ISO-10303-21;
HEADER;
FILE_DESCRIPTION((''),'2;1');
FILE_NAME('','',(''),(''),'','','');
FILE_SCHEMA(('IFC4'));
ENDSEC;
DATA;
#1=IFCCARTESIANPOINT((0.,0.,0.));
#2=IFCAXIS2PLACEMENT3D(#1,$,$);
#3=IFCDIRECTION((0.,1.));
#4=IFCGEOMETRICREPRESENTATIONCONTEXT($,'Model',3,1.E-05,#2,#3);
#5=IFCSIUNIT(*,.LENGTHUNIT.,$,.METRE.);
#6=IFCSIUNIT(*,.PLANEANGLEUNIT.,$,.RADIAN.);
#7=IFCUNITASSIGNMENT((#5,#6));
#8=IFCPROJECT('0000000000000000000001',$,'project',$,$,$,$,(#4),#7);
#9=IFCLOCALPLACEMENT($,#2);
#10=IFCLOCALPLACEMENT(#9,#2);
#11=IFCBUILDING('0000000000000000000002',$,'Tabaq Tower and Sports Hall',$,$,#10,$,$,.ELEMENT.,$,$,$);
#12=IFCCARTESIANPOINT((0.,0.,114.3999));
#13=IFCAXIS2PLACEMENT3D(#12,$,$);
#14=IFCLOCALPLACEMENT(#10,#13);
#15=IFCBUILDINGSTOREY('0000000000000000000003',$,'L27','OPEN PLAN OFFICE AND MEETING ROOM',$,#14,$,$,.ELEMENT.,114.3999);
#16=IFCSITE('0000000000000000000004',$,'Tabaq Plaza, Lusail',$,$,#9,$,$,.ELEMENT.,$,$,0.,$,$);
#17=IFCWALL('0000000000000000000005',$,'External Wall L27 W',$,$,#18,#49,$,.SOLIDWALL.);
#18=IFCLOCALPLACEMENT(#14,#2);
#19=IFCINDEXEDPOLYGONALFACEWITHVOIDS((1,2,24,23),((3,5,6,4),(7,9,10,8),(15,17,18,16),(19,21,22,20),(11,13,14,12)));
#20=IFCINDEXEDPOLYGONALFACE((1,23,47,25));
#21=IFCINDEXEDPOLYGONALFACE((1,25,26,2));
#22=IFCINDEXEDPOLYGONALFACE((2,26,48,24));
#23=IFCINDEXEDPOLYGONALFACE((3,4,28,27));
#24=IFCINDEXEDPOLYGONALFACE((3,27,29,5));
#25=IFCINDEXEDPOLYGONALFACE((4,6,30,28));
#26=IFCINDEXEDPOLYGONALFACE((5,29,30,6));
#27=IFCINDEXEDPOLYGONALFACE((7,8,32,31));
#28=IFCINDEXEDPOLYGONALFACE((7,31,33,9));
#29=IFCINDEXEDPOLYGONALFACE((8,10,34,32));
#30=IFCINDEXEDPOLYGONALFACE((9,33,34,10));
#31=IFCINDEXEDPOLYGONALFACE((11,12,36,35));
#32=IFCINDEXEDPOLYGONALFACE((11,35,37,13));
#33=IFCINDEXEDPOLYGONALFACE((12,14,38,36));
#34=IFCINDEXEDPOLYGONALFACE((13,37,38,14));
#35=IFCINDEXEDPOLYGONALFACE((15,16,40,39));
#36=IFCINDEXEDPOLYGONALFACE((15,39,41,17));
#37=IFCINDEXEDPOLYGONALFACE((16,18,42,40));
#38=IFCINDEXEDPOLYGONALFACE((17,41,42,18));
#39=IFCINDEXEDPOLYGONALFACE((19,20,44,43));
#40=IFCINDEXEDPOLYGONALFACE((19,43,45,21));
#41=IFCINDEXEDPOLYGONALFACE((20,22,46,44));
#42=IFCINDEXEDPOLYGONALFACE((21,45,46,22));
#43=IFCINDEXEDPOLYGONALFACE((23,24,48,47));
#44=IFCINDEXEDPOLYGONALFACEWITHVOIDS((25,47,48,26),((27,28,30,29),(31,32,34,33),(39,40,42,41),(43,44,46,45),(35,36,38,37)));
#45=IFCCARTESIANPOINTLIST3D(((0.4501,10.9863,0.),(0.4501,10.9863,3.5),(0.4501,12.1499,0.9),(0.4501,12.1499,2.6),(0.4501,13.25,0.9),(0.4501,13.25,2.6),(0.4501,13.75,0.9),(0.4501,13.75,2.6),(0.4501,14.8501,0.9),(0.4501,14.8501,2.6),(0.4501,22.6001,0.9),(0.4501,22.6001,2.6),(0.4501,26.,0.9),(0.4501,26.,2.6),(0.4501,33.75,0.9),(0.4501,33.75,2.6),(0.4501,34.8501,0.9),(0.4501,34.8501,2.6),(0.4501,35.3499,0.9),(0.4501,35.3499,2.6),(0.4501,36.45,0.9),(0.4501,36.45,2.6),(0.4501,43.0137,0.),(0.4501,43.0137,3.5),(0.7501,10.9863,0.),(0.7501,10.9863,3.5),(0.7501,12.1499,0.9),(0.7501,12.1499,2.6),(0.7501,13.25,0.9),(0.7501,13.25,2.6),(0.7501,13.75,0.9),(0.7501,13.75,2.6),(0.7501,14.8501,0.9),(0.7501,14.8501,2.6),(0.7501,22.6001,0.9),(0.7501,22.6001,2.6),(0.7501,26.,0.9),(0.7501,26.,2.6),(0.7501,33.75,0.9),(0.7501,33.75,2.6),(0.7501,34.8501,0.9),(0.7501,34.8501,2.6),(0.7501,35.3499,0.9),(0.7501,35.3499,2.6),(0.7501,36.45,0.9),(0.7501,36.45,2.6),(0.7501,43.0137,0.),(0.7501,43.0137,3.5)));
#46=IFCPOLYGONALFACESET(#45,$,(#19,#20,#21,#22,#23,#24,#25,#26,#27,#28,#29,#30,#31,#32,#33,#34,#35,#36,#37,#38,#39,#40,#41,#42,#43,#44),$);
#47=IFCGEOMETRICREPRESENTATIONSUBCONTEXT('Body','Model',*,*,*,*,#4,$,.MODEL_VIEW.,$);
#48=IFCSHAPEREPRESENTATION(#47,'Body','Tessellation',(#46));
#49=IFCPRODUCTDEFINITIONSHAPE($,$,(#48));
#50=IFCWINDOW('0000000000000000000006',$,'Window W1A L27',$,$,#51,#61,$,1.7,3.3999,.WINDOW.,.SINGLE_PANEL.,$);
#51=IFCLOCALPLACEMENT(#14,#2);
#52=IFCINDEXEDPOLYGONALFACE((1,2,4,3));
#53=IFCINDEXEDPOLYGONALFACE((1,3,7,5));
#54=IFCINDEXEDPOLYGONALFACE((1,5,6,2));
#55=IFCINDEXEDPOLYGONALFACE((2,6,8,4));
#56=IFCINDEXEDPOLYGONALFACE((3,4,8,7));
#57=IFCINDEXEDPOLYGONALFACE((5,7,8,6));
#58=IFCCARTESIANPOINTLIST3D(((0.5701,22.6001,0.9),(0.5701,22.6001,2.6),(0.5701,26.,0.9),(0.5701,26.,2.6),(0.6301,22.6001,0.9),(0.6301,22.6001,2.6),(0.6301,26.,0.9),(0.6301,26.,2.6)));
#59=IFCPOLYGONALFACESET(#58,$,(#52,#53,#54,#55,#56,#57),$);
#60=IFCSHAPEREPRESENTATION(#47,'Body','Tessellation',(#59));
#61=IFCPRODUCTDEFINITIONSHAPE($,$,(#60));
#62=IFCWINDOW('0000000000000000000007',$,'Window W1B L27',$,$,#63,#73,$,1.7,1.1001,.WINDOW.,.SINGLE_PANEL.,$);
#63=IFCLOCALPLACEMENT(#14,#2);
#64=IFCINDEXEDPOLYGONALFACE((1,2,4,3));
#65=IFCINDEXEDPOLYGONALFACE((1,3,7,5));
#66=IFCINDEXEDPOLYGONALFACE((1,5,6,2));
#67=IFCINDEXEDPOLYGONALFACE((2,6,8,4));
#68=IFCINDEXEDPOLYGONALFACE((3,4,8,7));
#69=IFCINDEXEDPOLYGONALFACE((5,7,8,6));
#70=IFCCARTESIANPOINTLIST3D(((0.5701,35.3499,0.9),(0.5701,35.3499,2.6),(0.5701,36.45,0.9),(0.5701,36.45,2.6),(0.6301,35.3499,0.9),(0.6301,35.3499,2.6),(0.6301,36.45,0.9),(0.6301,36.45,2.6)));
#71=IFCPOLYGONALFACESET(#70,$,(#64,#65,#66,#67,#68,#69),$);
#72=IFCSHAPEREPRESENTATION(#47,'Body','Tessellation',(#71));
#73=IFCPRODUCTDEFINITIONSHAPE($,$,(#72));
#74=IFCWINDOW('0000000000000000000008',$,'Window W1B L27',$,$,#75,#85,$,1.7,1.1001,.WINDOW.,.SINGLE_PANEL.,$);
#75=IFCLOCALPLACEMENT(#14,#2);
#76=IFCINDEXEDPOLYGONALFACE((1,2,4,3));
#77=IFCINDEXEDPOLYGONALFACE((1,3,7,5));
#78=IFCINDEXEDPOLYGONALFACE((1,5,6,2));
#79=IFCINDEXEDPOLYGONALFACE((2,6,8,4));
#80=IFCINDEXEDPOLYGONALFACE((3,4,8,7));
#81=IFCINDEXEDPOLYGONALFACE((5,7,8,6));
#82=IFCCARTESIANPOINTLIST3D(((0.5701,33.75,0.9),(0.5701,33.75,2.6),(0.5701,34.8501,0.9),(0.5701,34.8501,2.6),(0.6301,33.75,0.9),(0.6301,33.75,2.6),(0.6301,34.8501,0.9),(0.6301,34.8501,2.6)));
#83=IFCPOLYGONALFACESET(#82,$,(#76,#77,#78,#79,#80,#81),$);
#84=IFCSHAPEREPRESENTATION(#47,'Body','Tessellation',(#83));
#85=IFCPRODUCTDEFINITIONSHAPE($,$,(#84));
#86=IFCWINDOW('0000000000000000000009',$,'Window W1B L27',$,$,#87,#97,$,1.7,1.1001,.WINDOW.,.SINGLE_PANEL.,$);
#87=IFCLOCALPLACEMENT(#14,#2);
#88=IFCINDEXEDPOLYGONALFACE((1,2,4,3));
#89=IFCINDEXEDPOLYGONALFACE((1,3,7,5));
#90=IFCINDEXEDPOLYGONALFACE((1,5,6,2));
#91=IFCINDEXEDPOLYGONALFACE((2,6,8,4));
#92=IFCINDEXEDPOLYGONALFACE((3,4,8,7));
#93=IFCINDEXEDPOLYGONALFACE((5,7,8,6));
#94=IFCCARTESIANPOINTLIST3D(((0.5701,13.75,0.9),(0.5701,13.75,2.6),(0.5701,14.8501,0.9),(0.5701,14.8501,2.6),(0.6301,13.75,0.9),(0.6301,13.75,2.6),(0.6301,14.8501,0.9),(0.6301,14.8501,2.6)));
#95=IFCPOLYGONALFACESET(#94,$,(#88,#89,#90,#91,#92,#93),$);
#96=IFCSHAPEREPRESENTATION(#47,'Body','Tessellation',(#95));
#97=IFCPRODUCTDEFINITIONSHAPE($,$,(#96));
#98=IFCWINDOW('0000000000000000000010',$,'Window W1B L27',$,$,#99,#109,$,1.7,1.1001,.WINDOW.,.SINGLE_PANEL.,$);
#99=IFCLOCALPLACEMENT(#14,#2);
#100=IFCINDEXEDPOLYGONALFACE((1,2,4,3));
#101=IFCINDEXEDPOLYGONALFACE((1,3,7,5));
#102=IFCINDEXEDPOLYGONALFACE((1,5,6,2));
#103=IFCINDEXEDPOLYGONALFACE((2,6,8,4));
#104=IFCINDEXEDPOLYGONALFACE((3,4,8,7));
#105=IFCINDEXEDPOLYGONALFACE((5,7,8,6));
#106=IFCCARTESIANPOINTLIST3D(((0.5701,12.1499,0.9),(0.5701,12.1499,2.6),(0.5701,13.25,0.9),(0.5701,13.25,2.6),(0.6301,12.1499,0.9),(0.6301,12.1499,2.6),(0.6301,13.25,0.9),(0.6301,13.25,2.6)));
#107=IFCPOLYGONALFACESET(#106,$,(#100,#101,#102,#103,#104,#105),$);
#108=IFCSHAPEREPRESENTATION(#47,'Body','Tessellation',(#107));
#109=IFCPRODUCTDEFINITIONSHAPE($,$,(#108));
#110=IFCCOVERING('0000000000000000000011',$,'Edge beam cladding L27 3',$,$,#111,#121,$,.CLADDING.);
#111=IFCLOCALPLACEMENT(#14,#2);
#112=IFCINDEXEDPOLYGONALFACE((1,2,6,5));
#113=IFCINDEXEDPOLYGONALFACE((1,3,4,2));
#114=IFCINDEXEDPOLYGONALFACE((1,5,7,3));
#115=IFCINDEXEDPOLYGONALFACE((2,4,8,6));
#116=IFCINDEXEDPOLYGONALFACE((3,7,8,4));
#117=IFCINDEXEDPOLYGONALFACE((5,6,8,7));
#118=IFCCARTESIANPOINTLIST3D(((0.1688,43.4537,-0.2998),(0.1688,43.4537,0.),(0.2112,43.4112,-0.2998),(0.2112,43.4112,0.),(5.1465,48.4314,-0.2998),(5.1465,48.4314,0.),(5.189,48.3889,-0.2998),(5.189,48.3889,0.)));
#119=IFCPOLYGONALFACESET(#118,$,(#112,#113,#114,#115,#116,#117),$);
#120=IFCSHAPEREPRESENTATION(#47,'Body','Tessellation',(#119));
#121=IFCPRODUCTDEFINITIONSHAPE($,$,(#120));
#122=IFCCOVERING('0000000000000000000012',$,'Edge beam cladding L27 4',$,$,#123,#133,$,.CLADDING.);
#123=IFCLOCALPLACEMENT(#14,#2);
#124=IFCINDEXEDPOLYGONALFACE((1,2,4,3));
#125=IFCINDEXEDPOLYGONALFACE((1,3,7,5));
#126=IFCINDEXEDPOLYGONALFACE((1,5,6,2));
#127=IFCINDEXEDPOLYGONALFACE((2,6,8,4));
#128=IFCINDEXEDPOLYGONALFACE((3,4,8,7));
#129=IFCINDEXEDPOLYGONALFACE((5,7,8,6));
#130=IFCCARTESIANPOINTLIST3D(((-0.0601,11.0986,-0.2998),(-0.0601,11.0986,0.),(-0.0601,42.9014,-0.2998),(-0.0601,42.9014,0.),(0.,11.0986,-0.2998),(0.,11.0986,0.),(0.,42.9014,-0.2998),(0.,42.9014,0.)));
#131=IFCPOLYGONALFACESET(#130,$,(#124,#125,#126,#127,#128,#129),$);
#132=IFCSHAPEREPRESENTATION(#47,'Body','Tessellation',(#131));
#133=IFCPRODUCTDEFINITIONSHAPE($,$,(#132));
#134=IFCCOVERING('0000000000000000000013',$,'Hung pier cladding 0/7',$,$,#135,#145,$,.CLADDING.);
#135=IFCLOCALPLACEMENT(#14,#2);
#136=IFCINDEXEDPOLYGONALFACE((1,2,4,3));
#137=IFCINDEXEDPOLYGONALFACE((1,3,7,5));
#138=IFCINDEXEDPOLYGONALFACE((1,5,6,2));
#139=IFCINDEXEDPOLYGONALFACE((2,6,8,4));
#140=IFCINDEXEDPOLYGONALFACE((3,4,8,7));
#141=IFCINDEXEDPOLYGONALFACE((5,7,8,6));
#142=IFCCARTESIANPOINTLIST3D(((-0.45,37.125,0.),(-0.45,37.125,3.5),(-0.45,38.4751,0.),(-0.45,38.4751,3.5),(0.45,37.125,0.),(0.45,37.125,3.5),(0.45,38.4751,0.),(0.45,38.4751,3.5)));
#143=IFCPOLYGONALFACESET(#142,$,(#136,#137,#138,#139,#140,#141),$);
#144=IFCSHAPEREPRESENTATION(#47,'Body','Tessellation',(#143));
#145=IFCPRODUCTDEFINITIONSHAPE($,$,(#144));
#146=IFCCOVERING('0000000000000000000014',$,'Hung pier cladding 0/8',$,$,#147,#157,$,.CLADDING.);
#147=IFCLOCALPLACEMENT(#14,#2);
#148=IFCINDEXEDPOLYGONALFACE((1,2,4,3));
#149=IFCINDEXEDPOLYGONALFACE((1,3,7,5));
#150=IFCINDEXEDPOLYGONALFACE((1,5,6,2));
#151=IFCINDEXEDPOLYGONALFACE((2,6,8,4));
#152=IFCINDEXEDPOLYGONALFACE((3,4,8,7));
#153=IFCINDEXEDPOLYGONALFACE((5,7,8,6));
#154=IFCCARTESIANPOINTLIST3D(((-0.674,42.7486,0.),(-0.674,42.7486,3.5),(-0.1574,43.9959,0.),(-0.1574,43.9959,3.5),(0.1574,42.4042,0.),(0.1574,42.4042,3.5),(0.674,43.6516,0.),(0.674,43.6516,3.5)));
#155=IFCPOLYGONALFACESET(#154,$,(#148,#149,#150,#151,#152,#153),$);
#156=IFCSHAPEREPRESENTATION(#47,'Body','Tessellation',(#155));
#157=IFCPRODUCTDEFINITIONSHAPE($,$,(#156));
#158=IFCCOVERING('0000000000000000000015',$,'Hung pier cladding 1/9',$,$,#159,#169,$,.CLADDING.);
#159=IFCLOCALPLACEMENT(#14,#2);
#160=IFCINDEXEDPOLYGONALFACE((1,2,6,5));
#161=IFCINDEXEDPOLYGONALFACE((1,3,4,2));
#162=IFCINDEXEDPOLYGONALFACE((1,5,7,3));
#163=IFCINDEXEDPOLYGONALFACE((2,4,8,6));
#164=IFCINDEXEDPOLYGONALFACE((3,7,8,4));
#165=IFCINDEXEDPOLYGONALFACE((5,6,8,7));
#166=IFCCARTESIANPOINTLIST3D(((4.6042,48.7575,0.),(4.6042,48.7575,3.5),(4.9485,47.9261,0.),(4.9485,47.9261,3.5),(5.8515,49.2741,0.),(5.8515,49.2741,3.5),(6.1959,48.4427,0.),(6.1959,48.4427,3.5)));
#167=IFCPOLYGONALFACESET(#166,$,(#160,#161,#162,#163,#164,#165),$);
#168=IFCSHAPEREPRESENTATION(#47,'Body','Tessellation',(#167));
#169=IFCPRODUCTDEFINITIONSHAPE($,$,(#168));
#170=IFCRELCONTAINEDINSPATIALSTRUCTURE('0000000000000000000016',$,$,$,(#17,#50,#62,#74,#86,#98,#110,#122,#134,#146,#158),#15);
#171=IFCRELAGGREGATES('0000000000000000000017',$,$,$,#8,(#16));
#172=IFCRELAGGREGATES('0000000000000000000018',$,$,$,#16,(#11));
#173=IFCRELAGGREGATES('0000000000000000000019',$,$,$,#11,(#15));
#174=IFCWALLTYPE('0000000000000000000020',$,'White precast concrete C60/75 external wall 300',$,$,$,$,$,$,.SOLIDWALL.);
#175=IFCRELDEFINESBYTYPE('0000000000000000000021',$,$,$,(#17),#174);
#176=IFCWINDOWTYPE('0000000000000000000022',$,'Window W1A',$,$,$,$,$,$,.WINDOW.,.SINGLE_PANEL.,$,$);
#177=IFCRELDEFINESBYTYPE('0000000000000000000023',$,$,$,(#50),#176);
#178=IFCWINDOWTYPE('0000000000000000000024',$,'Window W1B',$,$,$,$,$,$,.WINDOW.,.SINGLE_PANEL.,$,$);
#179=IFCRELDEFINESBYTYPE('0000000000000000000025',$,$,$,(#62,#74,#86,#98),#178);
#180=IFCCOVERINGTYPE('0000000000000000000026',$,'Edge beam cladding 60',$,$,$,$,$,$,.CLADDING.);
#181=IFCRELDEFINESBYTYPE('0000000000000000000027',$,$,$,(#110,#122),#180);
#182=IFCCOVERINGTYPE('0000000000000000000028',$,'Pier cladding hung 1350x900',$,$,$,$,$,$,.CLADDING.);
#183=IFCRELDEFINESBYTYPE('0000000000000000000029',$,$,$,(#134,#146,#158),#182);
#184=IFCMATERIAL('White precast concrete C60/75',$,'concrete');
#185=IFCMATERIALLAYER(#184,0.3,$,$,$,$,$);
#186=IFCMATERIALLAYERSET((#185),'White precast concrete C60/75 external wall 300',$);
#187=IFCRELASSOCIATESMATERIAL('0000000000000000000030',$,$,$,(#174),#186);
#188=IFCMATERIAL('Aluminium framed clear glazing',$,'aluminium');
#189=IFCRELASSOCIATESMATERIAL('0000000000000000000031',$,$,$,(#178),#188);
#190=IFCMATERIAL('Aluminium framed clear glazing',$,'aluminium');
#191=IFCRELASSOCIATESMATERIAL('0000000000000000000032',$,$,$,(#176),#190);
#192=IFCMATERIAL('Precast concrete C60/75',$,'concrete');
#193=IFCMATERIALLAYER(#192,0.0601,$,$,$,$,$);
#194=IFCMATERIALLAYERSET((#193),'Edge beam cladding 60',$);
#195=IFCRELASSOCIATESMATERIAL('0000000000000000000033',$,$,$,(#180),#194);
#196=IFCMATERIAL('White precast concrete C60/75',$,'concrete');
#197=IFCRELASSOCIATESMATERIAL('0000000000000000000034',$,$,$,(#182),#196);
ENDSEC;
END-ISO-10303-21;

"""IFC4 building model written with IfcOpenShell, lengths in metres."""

from ifc_helpers import new_model, si_unit, direction, frame, frame_2d, origin, place, context, subcontext, project, spatial, rectangle, extrude, material, layer, layer_set, type_object, element, fill, save


model = new_model("IFC4")

# Units and contexts
model_context = context("Model", 3, precision=1e-05, world=origin(), true_north=direction((0.0, 1.0)))
body_context = subcontext(model_context, "Body", "Model", "MODEL_VIEW")
ifc_project = project(units=[si_unit("LENGTHUNIT", "METRE"), si_unit("PLANEANGLEUNIT", "RADIAN")], contexts=[model_context])

# Site, building, storey
site_placement = place(None, origin())
site = spatial("IfcSite", under=ifc_project, at=site_placement, Name="Tabaq Plaza, Lusail", CompositionType="ELEMENT", RefElevation=0.0)
building_placement = place(site_placement, origin())
building = spatial("IfcBuilding", under=site, at=building_placement, Name="Tabaq Tower and Sports Hall", CompositionType="ELEMENT")
storey_placement = place(building_placement, frame((0.0, 0.0, 114.3999)))
storey = spatial("IfcBuildingStorey", under=building, at=storey_placement, Name="L27", Description="OPEN PLAN OFFICE AND MEETING ROOM", CompositionType="ELEMENT", Elevation=114.3999)

# Wall, openings, windows
ifc_material_1 = material(Name="White precast concrete C60/75", Category="concrete")
ifc_layer_1 = layer(ifc_material_1, 0.3)
ifc_layer_set_1 = layer_set([ifc_layer_1], Name="White precast concrete C60/75 external wall 300")
wall_type_1 = type_object("IfcWallType", Name="White precast concrete C60/75 external wall 300", PredefinedType="SOLIDWALL", material=ifc_layer_set_1)
ifc_material_2 = material(Name="Aluminium framed clear glazing", Category="aluminium")
window_type_1 = type_object("IfcWindowType", Name="Window W1B", PartitioningType="SINGLE_PANEL", PredefinedType="WINDOW", material=ifc_material_2)
wall_1_placement = place(storey_placement, frame((0.6001, 43.0137, 0.0), z_axis=(0.0, 0.0, 1.0), x_axis=(0.0, -1.0, 0.0)))
wall_1 = element("IfcWall", 1, at=wall_1_placement, inside=storey, type_object=wall_type_1, Name="External Wall L27 W", PredefinedType="SOLIDWALL", context=body_context, shape_type="SweptSolid", body=[
    extrude(rectangle(XDim=32.0273, YDim=0.3, at=frame_2d((16.0137, 0.0))), origin(), (0.0, 0.0, 1.0), 3.5),
])
opening_1_placement = place(wall_1_placement, frame((6.5637, 0.0, 0.8999)))
opening_1 = element("IfcOpeningElement", 2, at=opening_1_placement, cuts=wall_1, PredefinedType="OPENING", context=body_context, shape_type="SweptSolid", body=[
    extrude(rectangle(XDim=1.1001, YDim=1.7, at=frame_2d((0.55, 0.8501))), frame((0.0, 0.1602, 0.0), z_axis=(0.0, -1.0, 0.0), x_axis=(1.0, 0.0, 0.0)), (0.0, 0.0, 1.0), 0.3201),
])
opening_2_placement = place(wall_1_placement, frame((8.1636, 0.0, 0.8999)))
opening_2 = element("IfcOpeningElement", 3, at=opening_2_placement, cuts=wall_1, PredefinedType="OPENING", context=body_context, shape_type="SweptSolid", body=[
    extrude(rectangle(XDim=1.1001, YDim=1.7, at=frame_2d((0.55, 0.8501))), frame((0.0, 0.1602, 0.0), z_axis=(0.0, -1.0, 0.0), x_axis=(1.0, 0.0, 0.0)), (0.0, 0.0, 1.0), 0.3201),
])
opening_3_placement = place(wall_1_placement, frame((17.0137, 0.0, 0.8999)))
opening_3 = element("IfcOpeningElement", 4, at=opening_3_placement, cuts=wall_1, PredefinedType="OPENING", context=body_context, shape_type="SweptSolid", body=[
    extrude(rectangle(XDim=3.3999, YDim=1.7, at=frame_2d((1.7, 0.8501))), frame((0.0, 0.1602, 0.0), z_axis=(0.0, -1.0, 0.0), x_axis=(1.0, 0.0, 0.0)), (0.0, 0.0, 1.0), 0.3201),
])
opening_4_placement = place(wall_1_placement, frame((28.1636, 0.0, 0.8999)))
opening_4 = element("IfcOpeningElement", 5, at=opening_4_placement, cuts=wall_1, PredefinedType="OPENING", context=body_context, shape_type="SweptSolid", body=[
    extrude(rectangle(XDim=1.1001, YDim=1.7, at=frame_2d((0.55, 0.8501))), frame((0.0, 0.1602, 0.0), z_axis=(0.0, -1.0, 0.0), x_axis=(1.0, 0.0, 0.0)), (0.0, 0.0, 1.0), 0.3201),
])
opening_5_placement = place(wall_1_placement, frame((29.7637, 0.0, 0.8999)))
opening_5 = element("IfcOpeningElement", 6, at=opening_5_placement, cuts=wall_1, PredefinedType="OPENING", context=body_context, shape_type="SweptSolid", body=[
    extrude(rectangle(XDim=1.1001, YDim=1.7, at=frame_2d((0.55, 0.8501))), frame((0.0, 0.1602, 0.0), z_axis=(0.0, -1.0, 0.0), x_axis=(1.0, 0.0, 0.0)), (0.0, 0.0, 1.0), 0.3201),
])
ifc_material_3 = material(Name="Aluminium framed clear glazing", Category="aluminium")
window_type_2 = type_object("IfcWindowType", Name="Window W1A", PartitioningType="SINGLE_PANEL", PredefinedType="WINDOW", material=ifc_material_3)
window_1_placement = place(opening_3_placement, origin())
window_1 = element("IfcWindow", 7, at=window_1_placement, inside=storey, type_object=window_type_2, Name="Window W1A L27", OverallHeight=1.7, OverallWidth=3.3999, PartitioningType="SINGLE_PANEL", PredefinedType="WINDOW", context=body_context, shape_type="SweptSolid", body=[
    extrude(rectangle(XDim=3.3999, YDim=1.7, at=frame_2d((1.7, 0.8501))), frame((0.0, 0.03, 0.0), z_axis=(0.0, -1.0, 0.0), x_axis=(1.0, 0.0, 0.0)), (0.0, 0.0, 1.0), 0.0601),
])
fill(opening_3, window_1)
window_2_placement = place(opening_1_placement, origin())
window_2 = element("IfcWindow", 8, at=window_2_placement, inside=storey, type_object=window_type_1, Name="Window W1B L27", OverallHeight=1.7, OverallWidth=1.1001, PartitioningType="SINGLE_PANEL", PredefinedType="WINDOW", context=body_context, shape_type="SweptSolid", body=[
    extrude(rectangle(XDim=1.1001, YDim=1.7, at=frame_2d((0.55, 0.8501))), frame((0.0, 0.03, 0.0), z_axis=(0.0, -1.0, 0.0), x_axis=(1.0, 0.0, 0.0)), (0.0, 0.0, 1.0), 0.0601),
])
fill(opening_1, window_2)
window_3_placement = place(opening_2_placement, origin())
window_3 = element("IfcWindow", 9, at=window_3_placement, inside=storey, type_object=window_type_1, Name="Window W1B L27", OverallHeight=1.7, OverallWidth=1.1001, PartitioningType="SINGLE_PANEL", PredefinedType="WINDOW", context=body_context, shape_type="SweptSolid", body=[
    extrude(rectangle(XDim=1.1001, YDim=1.7, at=frame_2d((0.55, 0.8501))), frame((0.0, 0.03, 0.0), z_axis=(0.0, -1.0, 0.0), x_axis=(1.0, 0.0, 0.0)), (0.0, 0.0, 1.0), 0.0601),
])
fill(opening_2, window_3)
window_4_placement = place(opening_4_placement, origin())
window_4 = element("IfcWindow", 10, at=window_4_placement, inside=storey, type_object=window_type_1, Name="Window W1B L27", OverallHeight=1.7, OverallWidth=1.1001, PartitioningType="SINGLE_PANEL", PredefinedType="WINDOW", context=body_context, shape_type="SweptSolid", body=[
    extrude(rectangle(XDim=1.1001, YDim=1.7, at=frame_2d((0.55, 0.8501))), frame((0.0, 0.03, 0.0), z_axis=(0.0, -1.0, 0.0), x_axis=(1.0, 0.0, 0.0)), (0.0, 0.0, 1.0), 0.0601),
])
fill(opening_4, window_4)
window_5_placement = place(opening_5_placement, origin())
window_5 = element("IfcWindow", 11, at=window_5_placement, inside=storey, type_object=window_type_1, Name="Window W1B L27", OverallHeight=1.7, OverallWidth=1.1001, PartitioningType="SINGLE_PANEL", PredefinedType="WINDOW", context=body_context, shape_type="SweptSolid", body=[
    extrude(rectangle(XDim=1.1001, YDim=1.7, at=frame_2d((0.55, 0.8501))), frame((0.0, 0.03, 0.0), z_axis=(0.0, -1.0, 0.0), x_axis=(1.0, 0.0, 0.0)), (0.0, 0.0, 1.0), 0.0601),
])
fill(opening_5, window_5)

# Coverings
ifc_material_4 = material(Name="Precast concrete C60/75", Category="concrete")
ifc_layer_2 = layer(ifc_material_4, 0.0601)
ifc_layer_set_2 = layer_set([ifc_layer_2], Name="Edge beam cladding 60")
covering_type_1 = type_object("IfcCoveringType", Name="Edge beam cladding 60", PredefinedType="CLADDING", material=ifc_layer_set_2)
covering_1_placement = place(storey_placement, frame((5.1677, 48.4102, -0.2998), z_axis=(0.0, 0.0, 1.0), x_axis=(-0.707107, -0.707107, 0.0)))
element("IfcCovering", 12, at=covering_1_placement, inside=storey, type_object=covering_type_1, Name="Edge beam cladding L27 3", PredefinedType="CLADDING", context=body_context, shape_type="SweptSolid", body=[
    extrude(rectangle(XDim=7.0396, YDim=0.0601, at=frame_2d((3.5198, 0.0))), origin(), (0.0, 0.0, 1.0), 0.2998),
])
covering_2_placement = place(storey_placement, frame((-0.03, 42.9014, -0.2998), z_axis=(0.0, 0.0, 1.0), x_axis=(0.0, -1.0, 0.0)))
element("IfcCovering", 13, at=covering_2_placement, inside=storey, type_object=covering_type_1, Name="Edge beam cladding L27 4", PredefinedType="CLADDING", context=body_context, shape_type="SweptSolid", body=[
    extrude(rectangle(XDim=31.8027, YDim=0.0601, at=frame_2d((15.9014, 0.0))), origin(), (0.0, 0.0, 1.0), 0.2998),
])
ifc_material_5 = material(Name="White precast concrete C60/75", Category="concrete")
covering_type_2 = type_object("IfcCoveringType", Name="Pier cladding hung 1350x900", PredefinedType="CLADDING", material=ifc_material_5)
for number, where, z_axis, x_axis, name in (
    (14, (0.0, 38.4751, 0.0), (0.0, 0.0, 1.0), (0.0, -1.0, 0.0), "Hung pier cladding 0/7"),
    (15, (0.2583, 43.8237, 0.0), (0.0, 0.0, 1.0), (-0.38265, -0.923893, 0.0), "Hung pier cladding 0/8"),
    (16, (6.0237, 48.8584, 0.0), (0.0, 0.0, 1.0), (-0.923893, -0.38265, 0.0), "Hung pier cladding 1/9"),
):
    element("IfcCovering", number, at=place(storey_placement, frame(where, z_axis=z_axis, x_axis=x_axis)), inside=storey, type_object=covering_type_2, Name=name, PredefinedType="CLADDING", context=body_context, shape_type="SweptSolid", body=[
        extrude(rectangle(XDim=1.3501, YDim=0.8999, at=frame_2d((0.675, 0.0))), origin(), (0.0, 0.0, 1.0), 3.5),
    ])

save(model, "model.ifc")
